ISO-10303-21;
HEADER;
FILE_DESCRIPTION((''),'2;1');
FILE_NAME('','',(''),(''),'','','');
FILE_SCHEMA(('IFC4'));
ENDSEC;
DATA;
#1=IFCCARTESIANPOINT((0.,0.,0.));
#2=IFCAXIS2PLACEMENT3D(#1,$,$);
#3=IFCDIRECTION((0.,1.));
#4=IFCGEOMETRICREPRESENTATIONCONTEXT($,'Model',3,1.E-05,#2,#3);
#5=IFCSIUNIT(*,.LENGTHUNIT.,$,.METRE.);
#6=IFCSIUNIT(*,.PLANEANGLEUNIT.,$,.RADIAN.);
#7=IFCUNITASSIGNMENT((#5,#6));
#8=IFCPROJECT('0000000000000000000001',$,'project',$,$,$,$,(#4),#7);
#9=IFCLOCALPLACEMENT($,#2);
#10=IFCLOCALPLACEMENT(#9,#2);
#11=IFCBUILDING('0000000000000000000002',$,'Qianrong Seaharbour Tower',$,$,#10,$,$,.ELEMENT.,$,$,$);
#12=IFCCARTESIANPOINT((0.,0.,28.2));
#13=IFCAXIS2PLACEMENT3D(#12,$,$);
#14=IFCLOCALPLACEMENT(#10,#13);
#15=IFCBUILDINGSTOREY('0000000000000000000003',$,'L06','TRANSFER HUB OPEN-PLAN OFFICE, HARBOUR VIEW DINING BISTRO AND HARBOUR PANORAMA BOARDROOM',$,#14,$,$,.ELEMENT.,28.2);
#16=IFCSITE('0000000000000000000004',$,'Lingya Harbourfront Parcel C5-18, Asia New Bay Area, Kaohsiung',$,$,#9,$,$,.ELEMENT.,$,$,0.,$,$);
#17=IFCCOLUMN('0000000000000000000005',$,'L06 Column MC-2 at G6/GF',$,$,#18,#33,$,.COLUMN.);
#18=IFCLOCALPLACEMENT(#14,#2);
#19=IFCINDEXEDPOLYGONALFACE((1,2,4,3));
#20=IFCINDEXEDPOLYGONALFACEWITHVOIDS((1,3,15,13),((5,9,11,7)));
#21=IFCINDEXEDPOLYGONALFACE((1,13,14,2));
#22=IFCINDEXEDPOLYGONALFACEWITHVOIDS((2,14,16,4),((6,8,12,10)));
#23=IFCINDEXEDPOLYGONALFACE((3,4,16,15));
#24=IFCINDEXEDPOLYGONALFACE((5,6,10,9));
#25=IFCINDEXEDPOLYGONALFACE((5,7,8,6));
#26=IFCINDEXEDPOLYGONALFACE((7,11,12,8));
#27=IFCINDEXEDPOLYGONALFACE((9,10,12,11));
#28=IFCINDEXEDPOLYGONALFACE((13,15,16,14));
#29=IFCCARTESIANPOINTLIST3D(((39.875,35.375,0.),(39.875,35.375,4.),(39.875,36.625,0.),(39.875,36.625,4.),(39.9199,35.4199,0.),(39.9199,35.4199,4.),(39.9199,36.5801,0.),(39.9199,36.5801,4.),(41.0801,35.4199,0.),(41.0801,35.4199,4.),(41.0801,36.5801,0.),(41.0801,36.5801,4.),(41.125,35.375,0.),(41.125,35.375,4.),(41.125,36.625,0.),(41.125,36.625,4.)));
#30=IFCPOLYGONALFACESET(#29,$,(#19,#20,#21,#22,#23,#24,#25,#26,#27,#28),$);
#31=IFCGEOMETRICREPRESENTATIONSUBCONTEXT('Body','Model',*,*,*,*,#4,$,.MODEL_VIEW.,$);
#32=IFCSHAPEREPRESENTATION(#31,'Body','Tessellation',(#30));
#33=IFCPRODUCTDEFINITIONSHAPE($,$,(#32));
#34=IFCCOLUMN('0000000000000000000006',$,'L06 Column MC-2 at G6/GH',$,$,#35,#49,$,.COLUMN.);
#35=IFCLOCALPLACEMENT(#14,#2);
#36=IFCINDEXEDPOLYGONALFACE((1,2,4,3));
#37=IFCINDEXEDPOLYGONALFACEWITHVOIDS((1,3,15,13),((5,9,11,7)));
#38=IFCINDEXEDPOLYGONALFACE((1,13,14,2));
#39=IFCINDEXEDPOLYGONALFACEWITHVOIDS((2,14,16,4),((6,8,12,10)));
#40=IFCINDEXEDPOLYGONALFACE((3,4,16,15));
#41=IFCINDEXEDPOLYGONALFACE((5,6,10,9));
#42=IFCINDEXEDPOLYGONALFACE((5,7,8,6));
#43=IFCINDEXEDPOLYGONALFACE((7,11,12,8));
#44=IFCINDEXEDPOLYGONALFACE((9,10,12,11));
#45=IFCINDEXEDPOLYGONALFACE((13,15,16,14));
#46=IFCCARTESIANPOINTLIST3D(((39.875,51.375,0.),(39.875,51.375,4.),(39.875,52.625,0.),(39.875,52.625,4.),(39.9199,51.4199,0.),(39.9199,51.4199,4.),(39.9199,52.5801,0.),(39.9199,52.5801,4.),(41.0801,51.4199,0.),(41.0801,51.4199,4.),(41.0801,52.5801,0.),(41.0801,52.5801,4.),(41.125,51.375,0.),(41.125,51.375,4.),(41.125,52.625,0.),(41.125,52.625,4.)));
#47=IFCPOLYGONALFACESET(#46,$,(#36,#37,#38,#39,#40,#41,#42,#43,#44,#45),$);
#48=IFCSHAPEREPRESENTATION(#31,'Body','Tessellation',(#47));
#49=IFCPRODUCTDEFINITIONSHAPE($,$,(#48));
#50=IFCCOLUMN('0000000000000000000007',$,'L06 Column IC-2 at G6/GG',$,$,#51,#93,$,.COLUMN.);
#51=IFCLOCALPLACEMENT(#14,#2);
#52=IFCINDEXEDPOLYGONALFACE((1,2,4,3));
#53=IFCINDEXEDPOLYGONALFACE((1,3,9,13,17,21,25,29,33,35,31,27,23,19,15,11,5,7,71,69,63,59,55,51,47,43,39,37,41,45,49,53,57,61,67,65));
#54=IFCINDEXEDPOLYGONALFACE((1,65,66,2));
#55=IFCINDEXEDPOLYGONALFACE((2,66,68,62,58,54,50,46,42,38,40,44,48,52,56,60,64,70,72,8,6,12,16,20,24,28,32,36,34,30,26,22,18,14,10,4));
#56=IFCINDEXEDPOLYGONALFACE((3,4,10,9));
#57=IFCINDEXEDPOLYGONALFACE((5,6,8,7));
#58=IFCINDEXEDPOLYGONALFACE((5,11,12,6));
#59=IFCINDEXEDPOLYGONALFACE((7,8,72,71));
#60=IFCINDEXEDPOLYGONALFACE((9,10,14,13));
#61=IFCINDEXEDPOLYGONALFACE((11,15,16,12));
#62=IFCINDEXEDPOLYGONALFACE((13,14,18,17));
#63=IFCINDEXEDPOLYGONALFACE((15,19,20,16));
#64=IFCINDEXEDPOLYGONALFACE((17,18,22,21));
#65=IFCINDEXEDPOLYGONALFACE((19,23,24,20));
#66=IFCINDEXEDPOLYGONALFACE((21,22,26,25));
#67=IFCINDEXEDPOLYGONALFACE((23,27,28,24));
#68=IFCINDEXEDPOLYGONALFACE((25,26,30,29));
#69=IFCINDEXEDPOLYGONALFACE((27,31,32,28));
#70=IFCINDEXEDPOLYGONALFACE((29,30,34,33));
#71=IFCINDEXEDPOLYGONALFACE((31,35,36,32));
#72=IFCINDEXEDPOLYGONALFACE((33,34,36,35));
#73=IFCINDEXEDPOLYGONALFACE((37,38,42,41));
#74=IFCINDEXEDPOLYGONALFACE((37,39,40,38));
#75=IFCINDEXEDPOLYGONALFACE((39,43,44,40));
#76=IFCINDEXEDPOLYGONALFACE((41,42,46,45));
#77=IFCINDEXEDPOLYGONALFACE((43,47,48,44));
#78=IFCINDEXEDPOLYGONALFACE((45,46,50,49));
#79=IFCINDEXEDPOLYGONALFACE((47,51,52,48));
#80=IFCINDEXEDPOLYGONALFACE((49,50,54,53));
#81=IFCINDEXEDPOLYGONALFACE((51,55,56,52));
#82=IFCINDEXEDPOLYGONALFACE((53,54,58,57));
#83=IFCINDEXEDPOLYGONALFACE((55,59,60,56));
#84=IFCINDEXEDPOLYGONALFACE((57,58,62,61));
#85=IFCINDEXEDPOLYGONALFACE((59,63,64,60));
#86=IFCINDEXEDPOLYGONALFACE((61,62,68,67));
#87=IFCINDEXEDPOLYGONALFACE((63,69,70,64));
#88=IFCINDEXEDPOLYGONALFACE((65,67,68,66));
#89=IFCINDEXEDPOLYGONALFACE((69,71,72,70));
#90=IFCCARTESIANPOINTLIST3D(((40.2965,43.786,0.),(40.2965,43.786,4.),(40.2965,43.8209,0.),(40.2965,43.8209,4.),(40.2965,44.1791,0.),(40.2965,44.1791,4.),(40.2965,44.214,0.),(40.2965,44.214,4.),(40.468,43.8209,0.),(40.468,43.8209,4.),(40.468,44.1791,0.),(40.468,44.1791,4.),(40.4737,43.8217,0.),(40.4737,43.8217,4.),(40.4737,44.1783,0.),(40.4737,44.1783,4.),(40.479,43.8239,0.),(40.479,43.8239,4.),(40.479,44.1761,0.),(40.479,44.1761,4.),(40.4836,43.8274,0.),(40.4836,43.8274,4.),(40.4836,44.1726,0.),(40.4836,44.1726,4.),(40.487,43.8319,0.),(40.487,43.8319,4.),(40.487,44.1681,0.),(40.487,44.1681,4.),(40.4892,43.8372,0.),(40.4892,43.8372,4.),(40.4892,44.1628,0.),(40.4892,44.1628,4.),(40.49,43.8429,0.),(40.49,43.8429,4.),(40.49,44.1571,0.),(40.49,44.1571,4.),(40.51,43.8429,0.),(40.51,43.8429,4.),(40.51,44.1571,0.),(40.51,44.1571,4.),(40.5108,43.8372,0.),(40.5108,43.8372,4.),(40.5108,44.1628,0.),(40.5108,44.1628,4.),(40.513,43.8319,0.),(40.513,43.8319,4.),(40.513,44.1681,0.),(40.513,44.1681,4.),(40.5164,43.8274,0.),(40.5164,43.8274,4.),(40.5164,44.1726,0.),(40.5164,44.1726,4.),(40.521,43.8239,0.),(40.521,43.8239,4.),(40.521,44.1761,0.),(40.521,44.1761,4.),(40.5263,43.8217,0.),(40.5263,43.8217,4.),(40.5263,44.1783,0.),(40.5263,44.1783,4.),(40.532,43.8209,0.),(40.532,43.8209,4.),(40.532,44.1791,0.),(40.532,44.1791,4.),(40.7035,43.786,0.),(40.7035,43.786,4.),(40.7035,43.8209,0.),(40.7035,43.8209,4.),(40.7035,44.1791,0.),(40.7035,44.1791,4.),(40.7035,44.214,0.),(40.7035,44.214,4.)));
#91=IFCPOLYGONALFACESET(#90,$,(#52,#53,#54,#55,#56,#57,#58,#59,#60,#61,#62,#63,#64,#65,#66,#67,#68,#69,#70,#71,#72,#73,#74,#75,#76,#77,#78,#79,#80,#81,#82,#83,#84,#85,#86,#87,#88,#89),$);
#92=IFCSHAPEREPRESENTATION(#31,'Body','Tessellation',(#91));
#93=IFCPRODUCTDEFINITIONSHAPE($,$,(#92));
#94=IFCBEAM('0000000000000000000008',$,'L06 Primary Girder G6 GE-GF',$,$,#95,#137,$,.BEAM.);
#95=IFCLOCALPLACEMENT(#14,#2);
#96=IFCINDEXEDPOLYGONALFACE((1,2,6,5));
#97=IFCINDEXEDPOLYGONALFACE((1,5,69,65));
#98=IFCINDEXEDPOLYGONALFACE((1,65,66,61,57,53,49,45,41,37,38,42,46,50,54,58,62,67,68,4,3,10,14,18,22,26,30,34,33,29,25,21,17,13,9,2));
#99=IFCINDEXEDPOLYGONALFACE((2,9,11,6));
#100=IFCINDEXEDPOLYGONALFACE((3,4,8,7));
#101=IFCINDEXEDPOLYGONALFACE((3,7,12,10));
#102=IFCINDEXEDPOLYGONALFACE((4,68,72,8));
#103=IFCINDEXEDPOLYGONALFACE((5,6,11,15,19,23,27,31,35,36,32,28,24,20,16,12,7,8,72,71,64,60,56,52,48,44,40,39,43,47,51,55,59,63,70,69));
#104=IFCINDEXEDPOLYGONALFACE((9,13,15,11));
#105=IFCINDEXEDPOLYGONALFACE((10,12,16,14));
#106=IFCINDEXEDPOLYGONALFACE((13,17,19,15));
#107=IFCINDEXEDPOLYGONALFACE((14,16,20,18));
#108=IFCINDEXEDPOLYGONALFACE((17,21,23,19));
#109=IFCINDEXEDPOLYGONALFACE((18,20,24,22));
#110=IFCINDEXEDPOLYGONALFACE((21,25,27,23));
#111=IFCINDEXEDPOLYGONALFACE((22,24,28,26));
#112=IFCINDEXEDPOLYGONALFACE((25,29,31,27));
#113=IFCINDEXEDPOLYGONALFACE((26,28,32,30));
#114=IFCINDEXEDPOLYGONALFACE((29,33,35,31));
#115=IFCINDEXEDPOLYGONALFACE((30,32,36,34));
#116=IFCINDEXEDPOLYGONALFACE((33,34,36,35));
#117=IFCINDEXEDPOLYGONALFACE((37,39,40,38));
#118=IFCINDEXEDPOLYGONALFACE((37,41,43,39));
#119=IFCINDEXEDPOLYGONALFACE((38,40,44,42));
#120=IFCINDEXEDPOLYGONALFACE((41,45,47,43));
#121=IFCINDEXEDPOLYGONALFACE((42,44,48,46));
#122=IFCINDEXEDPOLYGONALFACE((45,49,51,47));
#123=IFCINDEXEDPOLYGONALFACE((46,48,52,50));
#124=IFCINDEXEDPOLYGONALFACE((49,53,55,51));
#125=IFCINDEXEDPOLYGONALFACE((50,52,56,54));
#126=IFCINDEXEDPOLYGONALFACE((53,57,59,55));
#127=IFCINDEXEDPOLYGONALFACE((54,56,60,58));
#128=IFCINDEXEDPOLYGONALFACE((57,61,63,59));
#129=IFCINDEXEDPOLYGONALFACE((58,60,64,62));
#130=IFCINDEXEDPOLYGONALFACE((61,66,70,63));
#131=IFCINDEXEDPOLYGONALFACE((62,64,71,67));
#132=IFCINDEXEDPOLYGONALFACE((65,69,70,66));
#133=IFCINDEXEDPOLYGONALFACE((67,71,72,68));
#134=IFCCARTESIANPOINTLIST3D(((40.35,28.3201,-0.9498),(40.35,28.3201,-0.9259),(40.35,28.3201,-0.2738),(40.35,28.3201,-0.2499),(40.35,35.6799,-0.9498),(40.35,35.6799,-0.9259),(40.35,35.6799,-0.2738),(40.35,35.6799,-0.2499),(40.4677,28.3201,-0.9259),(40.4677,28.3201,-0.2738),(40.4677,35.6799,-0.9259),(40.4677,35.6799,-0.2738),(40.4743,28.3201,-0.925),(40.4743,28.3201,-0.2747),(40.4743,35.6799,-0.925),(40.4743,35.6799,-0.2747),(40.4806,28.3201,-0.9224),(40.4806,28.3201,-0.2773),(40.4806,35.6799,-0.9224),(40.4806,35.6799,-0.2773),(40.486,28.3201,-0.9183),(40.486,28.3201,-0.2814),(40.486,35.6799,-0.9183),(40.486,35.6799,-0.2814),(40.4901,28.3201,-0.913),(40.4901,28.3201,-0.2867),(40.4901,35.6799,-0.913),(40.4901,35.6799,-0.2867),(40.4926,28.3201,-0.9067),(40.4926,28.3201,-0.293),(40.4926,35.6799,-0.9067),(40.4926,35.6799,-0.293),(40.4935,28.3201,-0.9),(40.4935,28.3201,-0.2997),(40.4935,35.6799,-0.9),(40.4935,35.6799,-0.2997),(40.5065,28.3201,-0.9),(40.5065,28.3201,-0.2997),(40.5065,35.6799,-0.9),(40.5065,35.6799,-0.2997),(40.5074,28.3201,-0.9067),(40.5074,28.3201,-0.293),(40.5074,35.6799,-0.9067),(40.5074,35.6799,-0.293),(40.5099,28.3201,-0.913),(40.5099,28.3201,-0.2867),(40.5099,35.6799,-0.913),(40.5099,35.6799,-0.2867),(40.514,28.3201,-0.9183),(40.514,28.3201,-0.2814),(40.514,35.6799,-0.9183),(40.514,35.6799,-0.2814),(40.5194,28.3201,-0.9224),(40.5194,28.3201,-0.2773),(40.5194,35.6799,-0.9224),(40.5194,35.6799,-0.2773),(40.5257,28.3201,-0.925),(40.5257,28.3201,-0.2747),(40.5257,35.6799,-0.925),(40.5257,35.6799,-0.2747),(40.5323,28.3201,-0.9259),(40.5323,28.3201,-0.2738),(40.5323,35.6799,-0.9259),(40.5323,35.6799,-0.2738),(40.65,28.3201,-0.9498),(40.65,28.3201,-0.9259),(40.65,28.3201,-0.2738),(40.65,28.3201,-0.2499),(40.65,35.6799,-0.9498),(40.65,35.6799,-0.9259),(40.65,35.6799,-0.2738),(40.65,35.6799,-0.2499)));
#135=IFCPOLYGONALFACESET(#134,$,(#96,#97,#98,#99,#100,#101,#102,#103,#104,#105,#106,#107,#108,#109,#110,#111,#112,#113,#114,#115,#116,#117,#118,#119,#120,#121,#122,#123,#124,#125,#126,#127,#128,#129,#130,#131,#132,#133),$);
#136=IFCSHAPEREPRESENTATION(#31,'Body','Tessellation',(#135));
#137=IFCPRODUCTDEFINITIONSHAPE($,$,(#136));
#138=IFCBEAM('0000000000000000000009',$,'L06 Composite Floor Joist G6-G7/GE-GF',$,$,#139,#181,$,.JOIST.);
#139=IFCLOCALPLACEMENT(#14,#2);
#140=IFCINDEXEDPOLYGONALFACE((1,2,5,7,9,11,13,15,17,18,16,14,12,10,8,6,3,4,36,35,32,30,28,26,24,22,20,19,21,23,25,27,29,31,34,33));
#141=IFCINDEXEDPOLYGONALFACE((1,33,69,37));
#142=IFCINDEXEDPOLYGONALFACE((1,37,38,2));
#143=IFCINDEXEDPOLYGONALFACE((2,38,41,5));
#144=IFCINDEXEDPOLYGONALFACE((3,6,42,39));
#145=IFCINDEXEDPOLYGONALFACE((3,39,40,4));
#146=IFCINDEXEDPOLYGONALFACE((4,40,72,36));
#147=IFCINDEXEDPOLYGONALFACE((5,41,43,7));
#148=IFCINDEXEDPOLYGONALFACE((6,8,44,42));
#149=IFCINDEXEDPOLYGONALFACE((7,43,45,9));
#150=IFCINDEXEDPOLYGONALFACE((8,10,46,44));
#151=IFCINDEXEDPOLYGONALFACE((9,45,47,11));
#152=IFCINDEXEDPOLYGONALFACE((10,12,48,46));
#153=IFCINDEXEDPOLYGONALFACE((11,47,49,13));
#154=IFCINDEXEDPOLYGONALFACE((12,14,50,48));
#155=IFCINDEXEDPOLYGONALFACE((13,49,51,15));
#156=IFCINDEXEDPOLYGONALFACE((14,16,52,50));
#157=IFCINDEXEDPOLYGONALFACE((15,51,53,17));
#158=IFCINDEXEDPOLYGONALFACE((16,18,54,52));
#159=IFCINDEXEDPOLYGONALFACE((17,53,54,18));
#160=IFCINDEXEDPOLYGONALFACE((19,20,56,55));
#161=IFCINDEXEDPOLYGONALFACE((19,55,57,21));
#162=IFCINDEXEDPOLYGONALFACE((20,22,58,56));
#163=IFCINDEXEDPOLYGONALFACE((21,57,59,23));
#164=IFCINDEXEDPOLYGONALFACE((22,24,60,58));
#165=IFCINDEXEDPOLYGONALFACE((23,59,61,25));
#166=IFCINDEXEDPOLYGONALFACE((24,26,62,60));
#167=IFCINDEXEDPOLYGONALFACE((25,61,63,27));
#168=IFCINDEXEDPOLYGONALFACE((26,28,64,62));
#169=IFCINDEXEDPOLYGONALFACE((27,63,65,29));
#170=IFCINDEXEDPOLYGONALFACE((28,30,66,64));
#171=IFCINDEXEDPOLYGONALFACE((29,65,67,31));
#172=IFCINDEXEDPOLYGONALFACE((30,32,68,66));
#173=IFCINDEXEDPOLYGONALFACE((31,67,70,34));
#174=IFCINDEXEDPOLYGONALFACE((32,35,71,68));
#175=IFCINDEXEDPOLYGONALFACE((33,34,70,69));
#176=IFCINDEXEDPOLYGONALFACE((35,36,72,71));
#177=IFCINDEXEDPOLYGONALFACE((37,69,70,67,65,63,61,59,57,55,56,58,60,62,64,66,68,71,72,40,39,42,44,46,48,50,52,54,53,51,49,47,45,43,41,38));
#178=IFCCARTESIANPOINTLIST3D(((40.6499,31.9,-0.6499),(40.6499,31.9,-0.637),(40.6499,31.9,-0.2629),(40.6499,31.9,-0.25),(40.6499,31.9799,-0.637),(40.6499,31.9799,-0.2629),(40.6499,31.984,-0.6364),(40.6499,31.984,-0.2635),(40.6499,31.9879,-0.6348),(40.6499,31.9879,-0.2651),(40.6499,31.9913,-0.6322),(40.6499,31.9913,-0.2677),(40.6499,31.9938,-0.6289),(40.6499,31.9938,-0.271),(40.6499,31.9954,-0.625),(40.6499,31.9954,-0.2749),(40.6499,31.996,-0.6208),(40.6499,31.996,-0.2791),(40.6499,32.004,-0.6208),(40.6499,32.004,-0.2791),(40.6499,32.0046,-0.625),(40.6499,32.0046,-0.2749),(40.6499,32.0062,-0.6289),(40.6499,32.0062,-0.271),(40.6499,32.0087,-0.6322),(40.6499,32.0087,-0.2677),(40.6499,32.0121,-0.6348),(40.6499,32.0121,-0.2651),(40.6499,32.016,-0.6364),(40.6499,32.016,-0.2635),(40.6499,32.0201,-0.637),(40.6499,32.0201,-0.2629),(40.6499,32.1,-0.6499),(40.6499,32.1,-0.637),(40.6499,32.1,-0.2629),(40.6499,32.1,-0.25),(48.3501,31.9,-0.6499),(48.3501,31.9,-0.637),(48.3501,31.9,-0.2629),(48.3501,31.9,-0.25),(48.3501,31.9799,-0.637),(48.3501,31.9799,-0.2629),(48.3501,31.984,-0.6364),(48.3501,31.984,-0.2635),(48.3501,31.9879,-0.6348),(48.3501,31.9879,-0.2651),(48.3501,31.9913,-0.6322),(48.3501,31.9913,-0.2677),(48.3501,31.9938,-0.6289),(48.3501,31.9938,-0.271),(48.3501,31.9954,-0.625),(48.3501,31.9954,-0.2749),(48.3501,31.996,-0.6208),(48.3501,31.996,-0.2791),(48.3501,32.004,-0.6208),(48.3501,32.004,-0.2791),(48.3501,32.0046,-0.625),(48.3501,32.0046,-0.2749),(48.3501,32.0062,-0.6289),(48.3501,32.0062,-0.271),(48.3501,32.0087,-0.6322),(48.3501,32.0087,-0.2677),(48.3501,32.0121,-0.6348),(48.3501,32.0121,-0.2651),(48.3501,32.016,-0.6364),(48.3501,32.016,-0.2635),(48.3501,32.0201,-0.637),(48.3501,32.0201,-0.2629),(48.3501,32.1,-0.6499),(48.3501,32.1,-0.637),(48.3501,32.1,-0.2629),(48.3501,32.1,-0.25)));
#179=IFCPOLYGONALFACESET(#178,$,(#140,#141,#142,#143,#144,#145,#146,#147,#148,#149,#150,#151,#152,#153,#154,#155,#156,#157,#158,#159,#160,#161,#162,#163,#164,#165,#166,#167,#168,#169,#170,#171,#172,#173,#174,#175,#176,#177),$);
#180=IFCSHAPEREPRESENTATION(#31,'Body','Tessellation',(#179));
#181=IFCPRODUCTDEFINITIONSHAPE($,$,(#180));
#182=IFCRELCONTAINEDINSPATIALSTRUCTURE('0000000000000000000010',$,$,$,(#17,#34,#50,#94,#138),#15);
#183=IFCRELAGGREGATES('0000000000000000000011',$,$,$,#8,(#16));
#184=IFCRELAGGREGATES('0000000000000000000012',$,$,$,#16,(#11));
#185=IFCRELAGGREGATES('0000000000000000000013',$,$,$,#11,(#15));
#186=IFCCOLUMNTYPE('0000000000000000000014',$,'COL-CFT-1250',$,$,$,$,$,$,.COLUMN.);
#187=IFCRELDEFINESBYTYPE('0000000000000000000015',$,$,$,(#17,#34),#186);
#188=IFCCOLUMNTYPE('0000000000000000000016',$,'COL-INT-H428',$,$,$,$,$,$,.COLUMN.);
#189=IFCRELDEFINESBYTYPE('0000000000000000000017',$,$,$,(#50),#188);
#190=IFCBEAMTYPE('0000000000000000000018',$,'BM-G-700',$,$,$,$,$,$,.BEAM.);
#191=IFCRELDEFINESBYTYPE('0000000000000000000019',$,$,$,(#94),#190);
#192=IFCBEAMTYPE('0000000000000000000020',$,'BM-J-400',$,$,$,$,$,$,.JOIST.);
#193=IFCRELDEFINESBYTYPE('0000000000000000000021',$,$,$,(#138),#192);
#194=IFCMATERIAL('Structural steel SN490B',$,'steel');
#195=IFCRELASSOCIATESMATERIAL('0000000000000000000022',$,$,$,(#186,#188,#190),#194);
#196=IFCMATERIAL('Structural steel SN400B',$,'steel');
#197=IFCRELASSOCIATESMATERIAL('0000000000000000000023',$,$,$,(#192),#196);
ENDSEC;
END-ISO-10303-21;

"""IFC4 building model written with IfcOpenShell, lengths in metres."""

from ifc_helpers import new_model, si_unit, direction, frame, origin, origin_2d, place, context, subcontext, project, spatial, hollow_rectangle, i_section, extrude, material, material_profile, profile_set, type_object, element, save


model = new_model("IFC4")

# Units and contexts
model_context = context("Model", 3, precision=1e-05, world=origin(), true_north=direction((0.0, 1.0)))
body_context = subcontext(model_context, "Body", "Model", "MODEL_VIEW")
ifc_project = project(units=[si_unit("LENGTHUNIT", "METRE"), si_unit("PLANEANGLEUNIT", "RADIAN")], contexts=[model_context])

# Site, building, storey
site_placement = place(None, origin())
site = spatial("IfcSite", under=ifc_project, at=site_placement, Name="Lingya Harbourfront Parcel C5-18, Asia New Bay Area, Kaohsiung", CompositionType="ELEMENT", RefElevation=0.0)
building_placement = place(site_placement, origin())
building = spatial("IfcBuilding", under=site, at=building_placement, Name="Qianrong Seaharbour Tower", CompositionType="ELEMENT")
storey_placement = place(building_placement, frame((0.0, 0.0, 28.2)))
storey = spatial("IfcBuildingStorey", under=building, at=storey_placement, Name="L06", Description="TRANSFER HUB OPEN-PLAN OFFICE, HARBOUR VIEW DINING BISTRO AND HARBOUR PANORAMA BOARDROOM", CompositionType="ELEMENT", Elevation=28.2)

# Columns
ifc_material_1 = material(Name="Structural steel SN490B", Category="steel")
ifc_material_profile_1 = material_profile(ifc_material_1, hollow_rectangle(XDim=1.25, YDim=1.25, WallThickness=0.0449, at=origin_2d()), Name="BOX1250x1250x45")
ifc_profile_set_1 = profile_set([ifc_material_profile_1], Name="Structural steel SN490B")
column_type_1 = type_object("IfcColumnType", Name="COL-CFT-1250", PredefinedType="COLUMN", material=ifc_profile_set_1)
for number, where, z_axis, x_axis, name in (
    (1, (40.5, 36.0, 0.0), (0.0, 0.0, 1.0), (1.0, 0.0, 0.0), "L06 Column MC-2 at G6/GF"),
    (2, (40.5, 52.0, 0.0), (0.0, 0.0, 1.0), (1.0, 0.0, 0.0), "L06 Column MC-2 at G6/GH"),
):
    element("IfcColumn", number, at=place(storey_placement, frame(where, z_axis=z_axis, x_axis=x_axis)), inside=storey, type_object=column_type_1, Name=name, PredefinedType="COLUMN", context=body_context, shape_type="SweptSolid", body=[
        extrude(hollow_rectangle(XDim=1.25, YDim=1.25, WallThickness=0.0449, at=origin_2d()), origin(), (0.0, 0.0, 1.0), 4.0),
    ])
ifc_material_profile_2 = material_profile(ifc_material_1, i_section(OverallWidth=0.407, OverallDepth=0.428, WebThickness=0.02, FlangeThickness=0.0349, FilletRadius=0.022, at=origin_2d()), Name="H428x407x20x35")
ifc_profile_set_2 = profile_set([ifc_material_profile_2], Name="Structural steel SN490B")
column_type_2 = type_object("IfcColumnType", Name="COL-INT-H428", PredefinedType="COLUMN", material=ifc_profile_set_2)
column_placement = place(storey_placement, frame((40.5, 44.0, 0.0), z_axis=(0.0, 0.0, 1.0), x_axis=(1.0, 0.0, 0.0)))
element("IfcColumn", 3, at=column_placement, inside=storey, type_object=column_type_2, Name="L06 Column IC-2 at G6/GG", PredefinedType="COLUMN", context=body_context, shape_type="SweptSolid", body=[
    extrude(i_section(OverallWidth=0.407, OverallDepth=0.428, WebThickness=0.02, FlangeThickness=0.0349, FilletRadius=0.022, at=origin_2d()), origin(), (0.0, 0.0, 1.0), 4.0),
])

# Beams
ifc_material_profile_3 = material_profile(ifc_material_1, i_section(OverallWidth=0.3, OverallDepth=0.7, WebThickness=0.0129, FlangeThickness=0.0239, FilletRadius=0.0259, at=origin_2d()), Name="H700x300x13x24")
ifc_profile_set_3 = profile_set([ifc_material_profile_3], Name="Structural steel SN490B")
beam_type_1 = type_object("IfcBeamType", Name="BM-G-700", PredefinedType="BEAM", material=ifc_profile_set_3)
beam_1_placement = place(storey_placement, frame((40.5, 28.3201, -0.5999), z_axis=(0.0, 1.0, 0.0), x_axis=(-1.0, 0.0, 0.0)))
element("IfcBeam", 4, at=beam_1_placement, inside=storey, type_object=beam_type_1, Name="L06 Primary Girder G6 GE-GF", PredefinedType="BEAM", context=body_context, shape_type="SweptSolid", body=[
    extrude(i_section(OverallWidth=0.3, OverallDepth=0.7, WebThickness=0.0129, FlangeThickness=0.0239, FilletRadius=0.0259, at=origin_2d()), origin(), (0.0, 0.0, 1.0), 7.3599),
])
ifc_material_2 = material(Name="Structural steel SN400B", Category="steel")
ifc_material_profile_4 = material_profile(ifc_material_2, i_section(OverallWidth=0.2, OverallDepth=0.3999, WebThickness=0.0081, FlangeThickness=0.0129, FilletRadius=0.0161, at=origin_2d()), Name="H400x200x8x13")
ifc_profile_set_4 = profile_set([ifc_material_profile_4], Name="Structural steel SN400B")
beam_type_2 = type_object("IfcBeamType", Name="BM-J-400", PredefinedType="JOIST", material=ifc_profile_set_4)
beam_2_placement = place(storey_placement, frame((40.6499, 32.0, -0.45), z_axis=(1.0, 0.0, 0.0), x_axis=(0.0, 1.0, 0.0)))
element("IfcBeam", 5, at=beam_2_placement, inside=storey, type_object=beam_type_2, Name="L06 Composite Floor Joist G6-G7/GE-GF", PredefinedType="JOIST", context=body_context, shape_type="SweptSolid", body=[
    extrude(i_section(OverallWidth=0.2, OverallDepth=0.3999, WebThickness=0.0081, FlangeThickness=0.0129, FilletRadius=0.0161, at=origin_2d()), origin(), (0.0, 0.0, 1.0), 7.7002),
])

save(model, "model.ifc")
